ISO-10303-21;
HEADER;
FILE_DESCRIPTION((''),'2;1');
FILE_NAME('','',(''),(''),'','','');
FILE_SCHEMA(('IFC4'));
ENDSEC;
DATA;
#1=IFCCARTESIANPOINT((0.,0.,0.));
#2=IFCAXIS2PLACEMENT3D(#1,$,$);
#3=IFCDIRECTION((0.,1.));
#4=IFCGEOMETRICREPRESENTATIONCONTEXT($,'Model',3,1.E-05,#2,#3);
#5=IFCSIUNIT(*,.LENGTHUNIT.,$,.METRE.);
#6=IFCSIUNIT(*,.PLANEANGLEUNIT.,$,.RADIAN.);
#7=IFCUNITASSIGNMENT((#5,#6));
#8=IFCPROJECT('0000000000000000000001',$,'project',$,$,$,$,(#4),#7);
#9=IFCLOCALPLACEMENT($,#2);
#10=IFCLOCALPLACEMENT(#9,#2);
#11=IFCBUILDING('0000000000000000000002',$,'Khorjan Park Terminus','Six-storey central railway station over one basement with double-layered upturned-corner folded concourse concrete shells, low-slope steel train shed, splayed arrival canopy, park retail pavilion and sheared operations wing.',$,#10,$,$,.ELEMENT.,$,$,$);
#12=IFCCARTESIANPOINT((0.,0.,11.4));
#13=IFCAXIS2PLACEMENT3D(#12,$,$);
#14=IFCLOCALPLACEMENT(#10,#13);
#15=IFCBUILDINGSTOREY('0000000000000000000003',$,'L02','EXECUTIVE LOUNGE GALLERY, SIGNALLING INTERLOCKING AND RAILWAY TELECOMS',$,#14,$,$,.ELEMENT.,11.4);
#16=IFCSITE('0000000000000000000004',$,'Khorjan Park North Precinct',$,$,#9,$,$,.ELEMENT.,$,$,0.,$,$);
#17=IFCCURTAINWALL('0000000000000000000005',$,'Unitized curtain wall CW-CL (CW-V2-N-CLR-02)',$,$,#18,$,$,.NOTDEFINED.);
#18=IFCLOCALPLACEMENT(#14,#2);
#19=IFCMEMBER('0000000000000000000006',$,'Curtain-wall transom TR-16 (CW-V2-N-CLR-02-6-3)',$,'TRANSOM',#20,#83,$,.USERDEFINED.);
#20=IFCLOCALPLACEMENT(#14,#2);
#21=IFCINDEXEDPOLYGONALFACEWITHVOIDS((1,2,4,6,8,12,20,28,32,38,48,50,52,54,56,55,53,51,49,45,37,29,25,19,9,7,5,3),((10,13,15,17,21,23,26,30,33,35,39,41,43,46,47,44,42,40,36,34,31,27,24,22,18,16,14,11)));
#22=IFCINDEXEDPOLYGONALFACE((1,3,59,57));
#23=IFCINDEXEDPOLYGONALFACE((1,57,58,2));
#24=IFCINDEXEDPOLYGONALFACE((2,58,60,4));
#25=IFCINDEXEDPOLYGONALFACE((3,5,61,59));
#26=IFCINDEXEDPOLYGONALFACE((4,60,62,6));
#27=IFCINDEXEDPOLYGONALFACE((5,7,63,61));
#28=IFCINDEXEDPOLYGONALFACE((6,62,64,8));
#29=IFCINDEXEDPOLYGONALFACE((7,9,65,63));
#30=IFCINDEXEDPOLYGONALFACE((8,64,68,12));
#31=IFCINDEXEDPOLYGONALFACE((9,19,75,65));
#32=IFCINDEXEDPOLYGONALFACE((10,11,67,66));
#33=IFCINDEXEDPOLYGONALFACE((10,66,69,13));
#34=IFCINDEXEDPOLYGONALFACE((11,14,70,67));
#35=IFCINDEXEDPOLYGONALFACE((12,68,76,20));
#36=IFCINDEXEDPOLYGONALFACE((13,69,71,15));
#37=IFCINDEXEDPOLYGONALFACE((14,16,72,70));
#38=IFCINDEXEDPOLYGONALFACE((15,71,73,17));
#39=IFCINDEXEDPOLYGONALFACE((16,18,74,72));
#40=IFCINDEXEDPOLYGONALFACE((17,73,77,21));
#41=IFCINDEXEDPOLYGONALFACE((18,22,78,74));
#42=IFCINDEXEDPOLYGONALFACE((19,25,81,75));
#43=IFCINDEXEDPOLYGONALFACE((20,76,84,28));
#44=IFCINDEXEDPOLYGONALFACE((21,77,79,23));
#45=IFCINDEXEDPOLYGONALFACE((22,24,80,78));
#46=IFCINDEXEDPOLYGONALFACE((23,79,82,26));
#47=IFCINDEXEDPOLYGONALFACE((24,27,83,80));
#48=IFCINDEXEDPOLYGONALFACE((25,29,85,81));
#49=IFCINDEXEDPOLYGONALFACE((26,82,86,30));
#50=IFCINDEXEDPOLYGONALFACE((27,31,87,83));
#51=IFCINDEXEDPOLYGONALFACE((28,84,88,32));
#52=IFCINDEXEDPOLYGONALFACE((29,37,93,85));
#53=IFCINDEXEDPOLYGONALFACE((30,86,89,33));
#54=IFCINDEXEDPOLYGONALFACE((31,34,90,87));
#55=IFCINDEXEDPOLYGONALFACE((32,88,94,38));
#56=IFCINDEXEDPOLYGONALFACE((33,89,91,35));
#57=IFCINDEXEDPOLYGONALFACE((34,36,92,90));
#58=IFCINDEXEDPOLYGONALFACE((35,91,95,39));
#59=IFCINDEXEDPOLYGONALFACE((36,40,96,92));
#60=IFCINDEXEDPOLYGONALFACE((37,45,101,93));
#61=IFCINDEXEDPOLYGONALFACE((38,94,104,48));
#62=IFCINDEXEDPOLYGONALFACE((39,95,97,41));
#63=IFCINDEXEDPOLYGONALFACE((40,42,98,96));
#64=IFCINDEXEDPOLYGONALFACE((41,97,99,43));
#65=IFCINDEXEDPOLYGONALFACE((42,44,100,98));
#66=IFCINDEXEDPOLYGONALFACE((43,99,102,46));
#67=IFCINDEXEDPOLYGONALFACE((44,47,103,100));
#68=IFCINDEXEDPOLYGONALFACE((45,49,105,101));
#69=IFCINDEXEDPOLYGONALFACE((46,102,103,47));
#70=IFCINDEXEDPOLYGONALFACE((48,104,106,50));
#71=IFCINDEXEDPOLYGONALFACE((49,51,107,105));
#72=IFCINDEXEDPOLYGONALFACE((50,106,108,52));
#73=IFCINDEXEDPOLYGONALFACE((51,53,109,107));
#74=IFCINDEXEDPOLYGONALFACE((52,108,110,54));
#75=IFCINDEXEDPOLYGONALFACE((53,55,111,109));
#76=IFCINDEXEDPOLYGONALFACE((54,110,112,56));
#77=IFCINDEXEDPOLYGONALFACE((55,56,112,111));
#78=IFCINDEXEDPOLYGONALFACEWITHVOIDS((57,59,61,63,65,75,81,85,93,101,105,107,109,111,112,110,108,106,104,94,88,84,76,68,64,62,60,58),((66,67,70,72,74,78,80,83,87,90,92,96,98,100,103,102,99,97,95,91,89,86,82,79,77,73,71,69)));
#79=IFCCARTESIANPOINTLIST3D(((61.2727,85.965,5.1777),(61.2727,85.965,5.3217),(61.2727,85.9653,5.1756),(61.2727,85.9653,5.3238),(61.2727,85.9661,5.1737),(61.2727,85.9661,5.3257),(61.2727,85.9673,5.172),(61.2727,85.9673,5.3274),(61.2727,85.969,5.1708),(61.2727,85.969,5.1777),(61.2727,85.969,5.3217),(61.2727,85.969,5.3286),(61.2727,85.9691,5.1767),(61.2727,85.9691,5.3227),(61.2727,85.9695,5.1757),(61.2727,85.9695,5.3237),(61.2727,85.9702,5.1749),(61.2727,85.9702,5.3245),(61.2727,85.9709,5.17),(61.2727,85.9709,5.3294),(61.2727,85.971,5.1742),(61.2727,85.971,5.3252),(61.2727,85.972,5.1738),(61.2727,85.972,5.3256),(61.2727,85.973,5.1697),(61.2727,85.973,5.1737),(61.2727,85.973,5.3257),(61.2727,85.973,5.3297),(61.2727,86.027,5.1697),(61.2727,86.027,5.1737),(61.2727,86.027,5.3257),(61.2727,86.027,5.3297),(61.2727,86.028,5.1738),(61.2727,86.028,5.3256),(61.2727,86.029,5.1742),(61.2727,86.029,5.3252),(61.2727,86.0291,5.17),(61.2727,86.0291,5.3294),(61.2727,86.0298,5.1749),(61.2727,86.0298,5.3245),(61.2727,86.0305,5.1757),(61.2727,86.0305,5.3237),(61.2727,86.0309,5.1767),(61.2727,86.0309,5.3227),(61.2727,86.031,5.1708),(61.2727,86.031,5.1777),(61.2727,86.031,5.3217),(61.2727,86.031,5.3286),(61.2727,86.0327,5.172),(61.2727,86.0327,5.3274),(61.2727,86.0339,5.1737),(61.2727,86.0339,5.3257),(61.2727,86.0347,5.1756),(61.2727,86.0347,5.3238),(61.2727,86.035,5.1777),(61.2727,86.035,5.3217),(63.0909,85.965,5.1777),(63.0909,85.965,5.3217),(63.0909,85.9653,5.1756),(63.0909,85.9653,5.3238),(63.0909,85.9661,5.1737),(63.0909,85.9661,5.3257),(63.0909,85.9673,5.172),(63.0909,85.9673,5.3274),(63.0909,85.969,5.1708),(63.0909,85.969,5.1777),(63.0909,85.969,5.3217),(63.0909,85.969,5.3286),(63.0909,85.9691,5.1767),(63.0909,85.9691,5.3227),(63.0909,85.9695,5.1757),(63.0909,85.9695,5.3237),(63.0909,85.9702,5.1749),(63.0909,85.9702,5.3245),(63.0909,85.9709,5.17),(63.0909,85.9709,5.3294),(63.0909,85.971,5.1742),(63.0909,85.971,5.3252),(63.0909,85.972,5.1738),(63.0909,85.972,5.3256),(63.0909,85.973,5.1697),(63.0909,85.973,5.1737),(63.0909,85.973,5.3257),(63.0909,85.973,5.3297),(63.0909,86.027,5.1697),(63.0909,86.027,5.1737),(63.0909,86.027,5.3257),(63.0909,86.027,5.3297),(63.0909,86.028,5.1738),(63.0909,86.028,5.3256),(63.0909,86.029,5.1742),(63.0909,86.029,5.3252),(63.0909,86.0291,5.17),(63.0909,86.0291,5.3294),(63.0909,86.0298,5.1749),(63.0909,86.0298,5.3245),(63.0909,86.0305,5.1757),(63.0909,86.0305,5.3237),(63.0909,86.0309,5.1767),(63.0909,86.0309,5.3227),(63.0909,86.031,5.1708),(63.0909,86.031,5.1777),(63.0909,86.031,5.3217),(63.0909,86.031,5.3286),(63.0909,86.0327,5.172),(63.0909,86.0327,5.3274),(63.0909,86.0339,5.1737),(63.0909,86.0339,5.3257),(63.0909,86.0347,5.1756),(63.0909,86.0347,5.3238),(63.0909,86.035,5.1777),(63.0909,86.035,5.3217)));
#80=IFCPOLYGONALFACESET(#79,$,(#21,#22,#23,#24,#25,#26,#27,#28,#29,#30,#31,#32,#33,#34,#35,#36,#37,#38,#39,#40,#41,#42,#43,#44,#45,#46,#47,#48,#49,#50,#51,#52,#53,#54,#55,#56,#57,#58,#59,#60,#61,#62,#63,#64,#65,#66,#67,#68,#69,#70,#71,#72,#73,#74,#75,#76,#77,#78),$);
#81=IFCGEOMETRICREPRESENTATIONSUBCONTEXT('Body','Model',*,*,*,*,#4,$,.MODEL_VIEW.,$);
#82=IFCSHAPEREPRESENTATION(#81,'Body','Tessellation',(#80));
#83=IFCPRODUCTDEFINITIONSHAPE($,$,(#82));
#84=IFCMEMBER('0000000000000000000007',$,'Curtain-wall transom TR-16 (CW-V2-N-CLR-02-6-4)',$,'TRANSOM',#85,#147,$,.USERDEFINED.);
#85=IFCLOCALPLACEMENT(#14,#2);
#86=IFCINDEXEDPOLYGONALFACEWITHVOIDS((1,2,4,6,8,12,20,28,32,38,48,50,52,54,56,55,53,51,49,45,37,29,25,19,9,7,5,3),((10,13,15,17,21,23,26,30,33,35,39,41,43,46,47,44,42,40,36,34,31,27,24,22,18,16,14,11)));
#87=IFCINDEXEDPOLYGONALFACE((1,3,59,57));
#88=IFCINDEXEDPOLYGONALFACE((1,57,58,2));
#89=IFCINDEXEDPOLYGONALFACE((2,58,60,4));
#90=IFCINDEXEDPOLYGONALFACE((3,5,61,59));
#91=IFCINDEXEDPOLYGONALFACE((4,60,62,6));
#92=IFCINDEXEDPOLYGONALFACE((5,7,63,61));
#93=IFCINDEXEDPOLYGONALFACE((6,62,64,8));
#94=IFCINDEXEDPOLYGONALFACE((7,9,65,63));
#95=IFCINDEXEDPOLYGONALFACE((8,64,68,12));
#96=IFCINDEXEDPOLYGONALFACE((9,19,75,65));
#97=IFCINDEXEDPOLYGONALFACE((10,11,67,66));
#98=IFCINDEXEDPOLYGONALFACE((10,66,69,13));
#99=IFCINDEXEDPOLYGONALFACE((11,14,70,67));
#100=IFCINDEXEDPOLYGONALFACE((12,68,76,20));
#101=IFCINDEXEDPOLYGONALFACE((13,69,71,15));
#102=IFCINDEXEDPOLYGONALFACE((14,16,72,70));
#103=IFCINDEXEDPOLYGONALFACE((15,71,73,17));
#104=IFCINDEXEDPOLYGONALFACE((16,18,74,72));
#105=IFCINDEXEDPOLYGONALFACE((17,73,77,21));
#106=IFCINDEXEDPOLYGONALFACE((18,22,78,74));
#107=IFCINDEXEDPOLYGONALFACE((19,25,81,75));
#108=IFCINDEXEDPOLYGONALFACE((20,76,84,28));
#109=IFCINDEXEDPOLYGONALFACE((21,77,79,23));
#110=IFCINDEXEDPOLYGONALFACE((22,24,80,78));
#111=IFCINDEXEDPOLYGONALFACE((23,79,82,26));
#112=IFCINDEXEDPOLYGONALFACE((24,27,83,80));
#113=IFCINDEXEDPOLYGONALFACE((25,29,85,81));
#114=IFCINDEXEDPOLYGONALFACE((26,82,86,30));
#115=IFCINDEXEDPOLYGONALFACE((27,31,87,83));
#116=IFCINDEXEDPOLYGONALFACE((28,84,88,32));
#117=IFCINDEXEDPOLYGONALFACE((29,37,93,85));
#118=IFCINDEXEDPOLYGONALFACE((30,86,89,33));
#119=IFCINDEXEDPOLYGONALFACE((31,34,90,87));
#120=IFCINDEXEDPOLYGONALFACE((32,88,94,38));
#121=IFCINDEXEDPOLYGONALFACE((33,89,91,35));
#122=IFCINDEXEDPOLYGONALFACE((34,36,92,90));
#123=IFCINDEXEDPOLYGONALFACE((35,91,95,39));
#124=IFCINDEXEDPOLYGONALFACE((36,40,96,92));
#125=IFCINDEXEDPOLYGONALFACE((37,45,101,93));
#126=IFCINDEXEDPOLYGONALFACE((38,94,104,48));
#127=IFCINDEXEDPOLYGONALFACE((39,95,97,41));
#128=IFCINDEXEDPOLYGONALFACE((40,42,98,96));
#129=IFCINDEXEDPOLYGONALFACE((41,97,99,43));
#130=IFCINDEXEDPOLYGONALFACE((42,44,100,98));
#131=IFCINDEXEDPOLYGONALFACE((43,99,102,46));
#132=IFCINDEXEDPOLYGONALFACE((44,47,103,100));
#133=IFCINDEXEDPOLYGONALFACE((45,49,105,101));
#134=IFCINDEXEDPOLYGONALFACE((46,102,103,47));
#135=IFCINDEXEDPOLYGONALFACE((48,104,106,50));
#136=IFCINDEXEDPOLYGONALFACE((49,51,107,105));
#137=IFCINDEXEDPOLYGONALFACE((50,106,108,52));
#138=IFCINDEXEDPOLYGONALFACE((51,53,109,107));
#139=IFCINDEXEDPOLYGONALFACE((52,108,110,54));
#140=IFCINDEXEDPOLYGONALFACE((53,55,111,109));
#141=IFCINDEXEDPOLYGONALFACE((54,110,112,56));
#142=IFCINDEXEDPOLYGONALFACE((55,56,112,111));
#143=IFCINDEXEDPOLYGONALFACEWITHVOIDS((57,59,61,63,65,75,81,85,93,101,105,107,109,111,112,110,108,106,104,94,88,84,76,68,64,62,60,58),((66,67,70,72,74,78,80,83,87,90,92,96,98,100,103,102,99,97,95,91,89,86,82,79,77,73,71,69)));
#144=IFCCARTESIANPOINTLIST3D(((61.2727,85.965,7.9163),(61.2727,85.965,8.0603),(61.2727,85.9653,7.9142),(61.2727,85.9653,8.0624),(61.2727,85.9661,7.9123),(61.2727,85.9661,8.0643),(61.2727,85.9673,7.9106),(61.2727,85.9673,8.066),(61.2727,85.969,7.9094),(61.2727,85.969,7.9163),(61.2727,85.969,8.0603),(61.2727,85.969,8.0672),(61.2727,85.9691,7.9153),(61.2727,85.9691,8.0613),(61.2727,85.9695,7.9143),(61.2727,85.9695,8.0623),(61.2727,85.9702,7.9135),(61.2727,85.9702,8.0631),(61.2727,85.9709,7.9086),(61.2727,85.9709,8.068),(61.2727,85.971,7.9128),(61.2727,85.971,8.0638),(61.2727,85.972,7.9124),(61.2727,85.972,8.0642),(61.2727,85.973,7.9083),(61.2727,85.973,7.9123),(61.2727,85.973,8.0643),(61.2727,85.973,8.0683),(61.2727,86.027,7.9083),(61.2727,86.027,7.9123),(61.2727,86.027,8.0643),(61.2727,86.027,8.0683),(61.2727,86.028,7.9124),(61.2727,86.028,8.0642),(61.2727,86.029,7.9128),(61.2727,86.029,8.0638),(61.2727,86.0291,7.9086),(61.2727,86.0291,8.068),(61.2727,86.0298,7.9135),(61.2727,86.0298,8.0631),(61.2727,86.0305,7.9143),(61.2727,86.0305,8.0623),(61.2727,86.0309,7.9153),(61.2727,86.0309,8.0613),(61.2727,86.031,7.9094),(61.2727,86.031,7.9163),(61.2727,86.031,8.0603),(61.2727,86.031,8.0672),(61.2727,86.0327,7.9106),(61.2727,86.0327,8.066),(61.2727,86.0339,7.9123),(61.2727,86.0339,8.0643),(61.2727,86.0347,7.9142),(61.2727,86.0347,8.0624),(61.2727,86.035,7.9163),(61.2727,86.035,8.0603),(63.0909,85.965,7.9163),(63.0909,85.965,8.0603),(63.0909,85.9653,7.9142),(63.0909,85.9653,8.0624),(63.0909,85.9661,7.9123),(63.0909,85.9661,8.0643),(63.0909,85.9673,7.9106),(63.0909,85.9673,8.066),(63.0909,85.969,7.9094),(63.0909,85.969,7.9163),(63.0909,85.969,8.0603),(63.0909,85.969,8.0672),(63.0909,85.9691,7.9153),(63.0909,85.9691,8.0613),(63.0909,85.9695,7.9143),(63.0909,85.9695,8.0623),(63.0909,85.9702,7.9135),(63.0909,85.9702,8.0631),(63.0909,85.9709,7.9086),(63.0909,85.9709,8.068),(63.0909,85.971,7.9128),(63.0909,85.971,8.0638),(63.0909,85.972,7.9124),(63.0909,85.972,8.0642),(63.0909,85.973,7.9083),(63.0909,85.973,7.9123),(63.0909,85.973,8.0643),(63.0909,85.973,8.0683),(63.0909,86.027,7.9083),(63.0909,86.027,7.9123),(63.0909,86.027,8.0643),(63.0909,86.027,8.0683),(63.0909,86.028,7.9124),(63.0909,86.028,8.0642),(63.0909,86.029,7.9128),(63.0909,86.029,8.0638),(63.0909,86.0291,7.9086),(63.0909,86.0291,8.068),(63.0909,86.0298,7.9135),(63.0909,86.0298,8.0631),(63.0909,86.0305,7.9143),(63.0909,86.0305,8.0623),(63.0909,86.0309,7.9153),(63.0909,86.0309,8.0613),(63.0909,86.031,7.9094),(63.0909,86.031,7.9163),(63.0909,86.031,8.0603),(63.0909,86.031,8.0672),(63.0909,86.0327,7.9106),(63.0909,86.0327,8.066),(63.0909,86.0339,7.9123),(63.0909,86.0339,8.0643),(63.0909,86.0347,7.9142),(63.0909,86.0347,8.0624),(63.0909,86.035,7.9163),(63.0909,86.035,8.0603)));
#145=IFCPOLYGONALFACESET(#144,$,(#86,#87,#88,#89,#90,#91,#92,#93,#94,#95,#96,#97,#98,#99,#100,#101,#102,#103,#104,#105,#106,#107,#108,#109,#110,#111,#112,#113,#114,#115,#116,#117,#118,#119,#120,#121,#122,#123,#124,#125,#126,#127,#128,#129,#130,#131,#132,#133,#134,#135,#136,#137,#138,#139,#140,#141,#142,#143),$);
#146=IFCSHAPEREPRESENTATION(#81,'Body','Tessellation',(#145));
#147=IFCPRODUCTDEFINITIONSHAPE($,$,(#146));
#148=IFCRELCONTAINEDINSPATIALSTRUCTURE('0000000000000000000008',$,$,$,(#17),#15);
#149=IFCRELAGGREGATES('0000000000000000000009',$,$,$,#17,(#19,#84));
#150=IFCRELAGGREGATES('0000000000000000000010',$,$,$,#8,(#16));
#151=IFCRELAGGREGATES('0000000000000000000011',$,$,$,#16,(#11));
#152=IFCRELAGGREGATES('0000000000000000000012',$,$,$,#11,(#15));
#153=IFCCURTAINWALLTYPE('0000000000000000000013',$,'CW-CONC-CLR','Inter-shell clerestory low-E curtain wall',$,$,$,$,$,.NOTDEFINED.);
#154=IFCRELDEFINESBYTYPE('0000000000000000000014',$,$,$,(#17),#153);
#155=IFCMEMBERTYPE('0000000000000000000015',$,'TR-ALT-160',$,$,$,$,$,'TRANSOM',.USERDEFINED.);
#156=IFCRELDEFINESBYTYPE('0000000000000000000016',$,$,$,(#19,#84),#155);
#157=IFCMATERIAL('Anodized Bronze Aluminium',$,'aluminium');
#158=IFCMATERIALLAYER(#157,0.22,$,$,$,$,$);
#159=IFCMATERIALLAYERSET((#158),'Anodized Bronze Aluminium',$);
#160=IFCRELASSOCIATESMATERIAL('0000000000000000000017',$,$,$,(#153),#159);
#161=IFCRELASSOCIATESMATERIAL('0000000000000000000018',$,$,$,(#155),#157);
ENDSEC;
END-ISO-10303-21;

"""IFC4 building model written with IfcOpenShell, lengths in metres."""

from ifc_helpers import new_model, si_unit, direction, frame, origin, origin_2d, place, context, subcontext, project, spatial, hollow_rectangle, extrude, material, layer, layer_set, material_profile, profile_set, type_object, element, aggregate, save


model = new_model("IFC4")

# Units and contexts
model_context = context("Model", 3, precision=1e-05, world=origin(), true_north=direction((0.0, 1.0)))
body_context = subcontext(model_context, "Body", "Model", "MODEL_VIEW")
ifc_project = project(units=[si_unit("LENGTHUNIT", "METRE"), si_unit("PLANEANGLEUNIT", "RADIAN")], contexts=[model_context])

# Site, building, storey
site_placement = place(None, origin())
site = spatial("IfcSite", under=ifc_project, at=site_placement, Name="Khorjan Park North Precinct", CompositionType="ELEMENT", RefElevation=0.0)
building_placement = place(site_placement, origin())
building = spatial("IfcBuilding", under=site, at=building_placement, Name="Khorjan Park Terminus", Description="Six-storey central railway station over one basement with double-layered upturned-corner folded concourse concrete shells, low-slope steel train shed, splayed arrival canopy, park retail pavilion and sheared operations wing.", CompositionType="ELEMENT")
storey_placement = place(building_placement, frame((0.0, 0.0, 11.4)))
storey = spatial("IfcBuildingStorey", under=building, at=storey_placement, Name="L02", Description="EXECUTIVE LOUNGE GALLERY, SIGNALLING INTERLOCKING AND RAILWAY TELECOMS", CompositionType="ELEMENT", Elevation=11.4)

# Curtain wall, members
ifc_material_1 = material(Name="Anodized Bronze Aluminium", Category="aluminium")
ifc_layer_1 = layer(ifc_material_1, 0.22)
ifc_layer_set_1 = layer_set([ifc_layer_1], Name="Anodized Bronze Aluminium")
curtain_wall_type = type_object("IfcCurtainWallType", Name="CW-CONC-CLR", Description="Inter-shell clerestory low-E curtain wall", PredefinedType="NOTDEFINED", material=ifc_layer_set_1)
curtain_wall_placement = place(storey_placement, origin())
curtain_wall = element("IfcCurtainWall", 1, at=curtain_wall_placement, inside=storey, type_object=curtain_wall_type, Name="Unitized curtain wall CW-CL (CW-V2-N-CLR-02)", PredefinedType="NOTDEFINED")
ifc_material_profile_1 = material_profile(ifc_material_1, hollow_rectangle(XDim=0.07, YDim=0.16, WallThickness=0.004, InnerFilletRadius=0.004, OuterFilletRadius=0.008, at=origin_2d()), Name="ALT 70x160x4")
ifc_profile_set_1 = profile_set([ifc_material_profile_1], Name="Anodized Bronze Aluminium")
member_type_1 = type_object("IfcMemberType", Name="TR-ALT-160", ElementType="TRANSOM", PredefinedType="USERDEFINED", material=ifc_profile_set_1)
member_1_placement = place(storey_placement, frame((63.0909, 86.0, 5.2497), z_axis=(-1.0, 0.0, 0.0), x_axis=(0.0, -1.0, 0.0)))
member_1 = element("IfcMember", 2, at=member_1_placement, type_object=member_type_1, Name="Curtain-wall transom TR-16 (CW-V2-N-CLR-02-6-3)", ObjectType="TRANSOM", PredefinedType="USERDEFINED", context=body_context, shape_type="SweptSolid", body=[
    extrude(hollow_rectangle(XDim=0.07, YDim=0.16, WallThickness=0.004, InnerFilletRadius=0.004, OuterFilletRadius=0.008, at=origin_2d()), origin(), (0.0, 0.0, 1.0), 1.8182),
])
member_2_placement = place(storey_placement, frame((63.0909, 86.0, 7.9883), z_axis=(-1.0, 0.0, 0.0), x_axis=(0.0, -1.0, 0.0)))
member_2 = element("IfcMember", 3, at=member_2_placement, type_object=member_type_1, Name="Curtain-wall transom TR-16 (CW-V2-N-CLR-02-6-4)", ObjectType="TRANSOM", PredefinedType="USERDEFINED", context=body_context, shape_type="SweptSolid", body=[
    extrude(hollow_rectangle(XDim=0.07, YDim=0.16, WallThickness=0.004, InnerFilletRadius=0.004, OuterFilletRadius=0.008, at=origin_2d()), origin(), (0.0, 0.0, 1.0), 1.8182),
])

aggregate(curtain_wall, [member_1, member_2])

save(model, "model.ifc")
